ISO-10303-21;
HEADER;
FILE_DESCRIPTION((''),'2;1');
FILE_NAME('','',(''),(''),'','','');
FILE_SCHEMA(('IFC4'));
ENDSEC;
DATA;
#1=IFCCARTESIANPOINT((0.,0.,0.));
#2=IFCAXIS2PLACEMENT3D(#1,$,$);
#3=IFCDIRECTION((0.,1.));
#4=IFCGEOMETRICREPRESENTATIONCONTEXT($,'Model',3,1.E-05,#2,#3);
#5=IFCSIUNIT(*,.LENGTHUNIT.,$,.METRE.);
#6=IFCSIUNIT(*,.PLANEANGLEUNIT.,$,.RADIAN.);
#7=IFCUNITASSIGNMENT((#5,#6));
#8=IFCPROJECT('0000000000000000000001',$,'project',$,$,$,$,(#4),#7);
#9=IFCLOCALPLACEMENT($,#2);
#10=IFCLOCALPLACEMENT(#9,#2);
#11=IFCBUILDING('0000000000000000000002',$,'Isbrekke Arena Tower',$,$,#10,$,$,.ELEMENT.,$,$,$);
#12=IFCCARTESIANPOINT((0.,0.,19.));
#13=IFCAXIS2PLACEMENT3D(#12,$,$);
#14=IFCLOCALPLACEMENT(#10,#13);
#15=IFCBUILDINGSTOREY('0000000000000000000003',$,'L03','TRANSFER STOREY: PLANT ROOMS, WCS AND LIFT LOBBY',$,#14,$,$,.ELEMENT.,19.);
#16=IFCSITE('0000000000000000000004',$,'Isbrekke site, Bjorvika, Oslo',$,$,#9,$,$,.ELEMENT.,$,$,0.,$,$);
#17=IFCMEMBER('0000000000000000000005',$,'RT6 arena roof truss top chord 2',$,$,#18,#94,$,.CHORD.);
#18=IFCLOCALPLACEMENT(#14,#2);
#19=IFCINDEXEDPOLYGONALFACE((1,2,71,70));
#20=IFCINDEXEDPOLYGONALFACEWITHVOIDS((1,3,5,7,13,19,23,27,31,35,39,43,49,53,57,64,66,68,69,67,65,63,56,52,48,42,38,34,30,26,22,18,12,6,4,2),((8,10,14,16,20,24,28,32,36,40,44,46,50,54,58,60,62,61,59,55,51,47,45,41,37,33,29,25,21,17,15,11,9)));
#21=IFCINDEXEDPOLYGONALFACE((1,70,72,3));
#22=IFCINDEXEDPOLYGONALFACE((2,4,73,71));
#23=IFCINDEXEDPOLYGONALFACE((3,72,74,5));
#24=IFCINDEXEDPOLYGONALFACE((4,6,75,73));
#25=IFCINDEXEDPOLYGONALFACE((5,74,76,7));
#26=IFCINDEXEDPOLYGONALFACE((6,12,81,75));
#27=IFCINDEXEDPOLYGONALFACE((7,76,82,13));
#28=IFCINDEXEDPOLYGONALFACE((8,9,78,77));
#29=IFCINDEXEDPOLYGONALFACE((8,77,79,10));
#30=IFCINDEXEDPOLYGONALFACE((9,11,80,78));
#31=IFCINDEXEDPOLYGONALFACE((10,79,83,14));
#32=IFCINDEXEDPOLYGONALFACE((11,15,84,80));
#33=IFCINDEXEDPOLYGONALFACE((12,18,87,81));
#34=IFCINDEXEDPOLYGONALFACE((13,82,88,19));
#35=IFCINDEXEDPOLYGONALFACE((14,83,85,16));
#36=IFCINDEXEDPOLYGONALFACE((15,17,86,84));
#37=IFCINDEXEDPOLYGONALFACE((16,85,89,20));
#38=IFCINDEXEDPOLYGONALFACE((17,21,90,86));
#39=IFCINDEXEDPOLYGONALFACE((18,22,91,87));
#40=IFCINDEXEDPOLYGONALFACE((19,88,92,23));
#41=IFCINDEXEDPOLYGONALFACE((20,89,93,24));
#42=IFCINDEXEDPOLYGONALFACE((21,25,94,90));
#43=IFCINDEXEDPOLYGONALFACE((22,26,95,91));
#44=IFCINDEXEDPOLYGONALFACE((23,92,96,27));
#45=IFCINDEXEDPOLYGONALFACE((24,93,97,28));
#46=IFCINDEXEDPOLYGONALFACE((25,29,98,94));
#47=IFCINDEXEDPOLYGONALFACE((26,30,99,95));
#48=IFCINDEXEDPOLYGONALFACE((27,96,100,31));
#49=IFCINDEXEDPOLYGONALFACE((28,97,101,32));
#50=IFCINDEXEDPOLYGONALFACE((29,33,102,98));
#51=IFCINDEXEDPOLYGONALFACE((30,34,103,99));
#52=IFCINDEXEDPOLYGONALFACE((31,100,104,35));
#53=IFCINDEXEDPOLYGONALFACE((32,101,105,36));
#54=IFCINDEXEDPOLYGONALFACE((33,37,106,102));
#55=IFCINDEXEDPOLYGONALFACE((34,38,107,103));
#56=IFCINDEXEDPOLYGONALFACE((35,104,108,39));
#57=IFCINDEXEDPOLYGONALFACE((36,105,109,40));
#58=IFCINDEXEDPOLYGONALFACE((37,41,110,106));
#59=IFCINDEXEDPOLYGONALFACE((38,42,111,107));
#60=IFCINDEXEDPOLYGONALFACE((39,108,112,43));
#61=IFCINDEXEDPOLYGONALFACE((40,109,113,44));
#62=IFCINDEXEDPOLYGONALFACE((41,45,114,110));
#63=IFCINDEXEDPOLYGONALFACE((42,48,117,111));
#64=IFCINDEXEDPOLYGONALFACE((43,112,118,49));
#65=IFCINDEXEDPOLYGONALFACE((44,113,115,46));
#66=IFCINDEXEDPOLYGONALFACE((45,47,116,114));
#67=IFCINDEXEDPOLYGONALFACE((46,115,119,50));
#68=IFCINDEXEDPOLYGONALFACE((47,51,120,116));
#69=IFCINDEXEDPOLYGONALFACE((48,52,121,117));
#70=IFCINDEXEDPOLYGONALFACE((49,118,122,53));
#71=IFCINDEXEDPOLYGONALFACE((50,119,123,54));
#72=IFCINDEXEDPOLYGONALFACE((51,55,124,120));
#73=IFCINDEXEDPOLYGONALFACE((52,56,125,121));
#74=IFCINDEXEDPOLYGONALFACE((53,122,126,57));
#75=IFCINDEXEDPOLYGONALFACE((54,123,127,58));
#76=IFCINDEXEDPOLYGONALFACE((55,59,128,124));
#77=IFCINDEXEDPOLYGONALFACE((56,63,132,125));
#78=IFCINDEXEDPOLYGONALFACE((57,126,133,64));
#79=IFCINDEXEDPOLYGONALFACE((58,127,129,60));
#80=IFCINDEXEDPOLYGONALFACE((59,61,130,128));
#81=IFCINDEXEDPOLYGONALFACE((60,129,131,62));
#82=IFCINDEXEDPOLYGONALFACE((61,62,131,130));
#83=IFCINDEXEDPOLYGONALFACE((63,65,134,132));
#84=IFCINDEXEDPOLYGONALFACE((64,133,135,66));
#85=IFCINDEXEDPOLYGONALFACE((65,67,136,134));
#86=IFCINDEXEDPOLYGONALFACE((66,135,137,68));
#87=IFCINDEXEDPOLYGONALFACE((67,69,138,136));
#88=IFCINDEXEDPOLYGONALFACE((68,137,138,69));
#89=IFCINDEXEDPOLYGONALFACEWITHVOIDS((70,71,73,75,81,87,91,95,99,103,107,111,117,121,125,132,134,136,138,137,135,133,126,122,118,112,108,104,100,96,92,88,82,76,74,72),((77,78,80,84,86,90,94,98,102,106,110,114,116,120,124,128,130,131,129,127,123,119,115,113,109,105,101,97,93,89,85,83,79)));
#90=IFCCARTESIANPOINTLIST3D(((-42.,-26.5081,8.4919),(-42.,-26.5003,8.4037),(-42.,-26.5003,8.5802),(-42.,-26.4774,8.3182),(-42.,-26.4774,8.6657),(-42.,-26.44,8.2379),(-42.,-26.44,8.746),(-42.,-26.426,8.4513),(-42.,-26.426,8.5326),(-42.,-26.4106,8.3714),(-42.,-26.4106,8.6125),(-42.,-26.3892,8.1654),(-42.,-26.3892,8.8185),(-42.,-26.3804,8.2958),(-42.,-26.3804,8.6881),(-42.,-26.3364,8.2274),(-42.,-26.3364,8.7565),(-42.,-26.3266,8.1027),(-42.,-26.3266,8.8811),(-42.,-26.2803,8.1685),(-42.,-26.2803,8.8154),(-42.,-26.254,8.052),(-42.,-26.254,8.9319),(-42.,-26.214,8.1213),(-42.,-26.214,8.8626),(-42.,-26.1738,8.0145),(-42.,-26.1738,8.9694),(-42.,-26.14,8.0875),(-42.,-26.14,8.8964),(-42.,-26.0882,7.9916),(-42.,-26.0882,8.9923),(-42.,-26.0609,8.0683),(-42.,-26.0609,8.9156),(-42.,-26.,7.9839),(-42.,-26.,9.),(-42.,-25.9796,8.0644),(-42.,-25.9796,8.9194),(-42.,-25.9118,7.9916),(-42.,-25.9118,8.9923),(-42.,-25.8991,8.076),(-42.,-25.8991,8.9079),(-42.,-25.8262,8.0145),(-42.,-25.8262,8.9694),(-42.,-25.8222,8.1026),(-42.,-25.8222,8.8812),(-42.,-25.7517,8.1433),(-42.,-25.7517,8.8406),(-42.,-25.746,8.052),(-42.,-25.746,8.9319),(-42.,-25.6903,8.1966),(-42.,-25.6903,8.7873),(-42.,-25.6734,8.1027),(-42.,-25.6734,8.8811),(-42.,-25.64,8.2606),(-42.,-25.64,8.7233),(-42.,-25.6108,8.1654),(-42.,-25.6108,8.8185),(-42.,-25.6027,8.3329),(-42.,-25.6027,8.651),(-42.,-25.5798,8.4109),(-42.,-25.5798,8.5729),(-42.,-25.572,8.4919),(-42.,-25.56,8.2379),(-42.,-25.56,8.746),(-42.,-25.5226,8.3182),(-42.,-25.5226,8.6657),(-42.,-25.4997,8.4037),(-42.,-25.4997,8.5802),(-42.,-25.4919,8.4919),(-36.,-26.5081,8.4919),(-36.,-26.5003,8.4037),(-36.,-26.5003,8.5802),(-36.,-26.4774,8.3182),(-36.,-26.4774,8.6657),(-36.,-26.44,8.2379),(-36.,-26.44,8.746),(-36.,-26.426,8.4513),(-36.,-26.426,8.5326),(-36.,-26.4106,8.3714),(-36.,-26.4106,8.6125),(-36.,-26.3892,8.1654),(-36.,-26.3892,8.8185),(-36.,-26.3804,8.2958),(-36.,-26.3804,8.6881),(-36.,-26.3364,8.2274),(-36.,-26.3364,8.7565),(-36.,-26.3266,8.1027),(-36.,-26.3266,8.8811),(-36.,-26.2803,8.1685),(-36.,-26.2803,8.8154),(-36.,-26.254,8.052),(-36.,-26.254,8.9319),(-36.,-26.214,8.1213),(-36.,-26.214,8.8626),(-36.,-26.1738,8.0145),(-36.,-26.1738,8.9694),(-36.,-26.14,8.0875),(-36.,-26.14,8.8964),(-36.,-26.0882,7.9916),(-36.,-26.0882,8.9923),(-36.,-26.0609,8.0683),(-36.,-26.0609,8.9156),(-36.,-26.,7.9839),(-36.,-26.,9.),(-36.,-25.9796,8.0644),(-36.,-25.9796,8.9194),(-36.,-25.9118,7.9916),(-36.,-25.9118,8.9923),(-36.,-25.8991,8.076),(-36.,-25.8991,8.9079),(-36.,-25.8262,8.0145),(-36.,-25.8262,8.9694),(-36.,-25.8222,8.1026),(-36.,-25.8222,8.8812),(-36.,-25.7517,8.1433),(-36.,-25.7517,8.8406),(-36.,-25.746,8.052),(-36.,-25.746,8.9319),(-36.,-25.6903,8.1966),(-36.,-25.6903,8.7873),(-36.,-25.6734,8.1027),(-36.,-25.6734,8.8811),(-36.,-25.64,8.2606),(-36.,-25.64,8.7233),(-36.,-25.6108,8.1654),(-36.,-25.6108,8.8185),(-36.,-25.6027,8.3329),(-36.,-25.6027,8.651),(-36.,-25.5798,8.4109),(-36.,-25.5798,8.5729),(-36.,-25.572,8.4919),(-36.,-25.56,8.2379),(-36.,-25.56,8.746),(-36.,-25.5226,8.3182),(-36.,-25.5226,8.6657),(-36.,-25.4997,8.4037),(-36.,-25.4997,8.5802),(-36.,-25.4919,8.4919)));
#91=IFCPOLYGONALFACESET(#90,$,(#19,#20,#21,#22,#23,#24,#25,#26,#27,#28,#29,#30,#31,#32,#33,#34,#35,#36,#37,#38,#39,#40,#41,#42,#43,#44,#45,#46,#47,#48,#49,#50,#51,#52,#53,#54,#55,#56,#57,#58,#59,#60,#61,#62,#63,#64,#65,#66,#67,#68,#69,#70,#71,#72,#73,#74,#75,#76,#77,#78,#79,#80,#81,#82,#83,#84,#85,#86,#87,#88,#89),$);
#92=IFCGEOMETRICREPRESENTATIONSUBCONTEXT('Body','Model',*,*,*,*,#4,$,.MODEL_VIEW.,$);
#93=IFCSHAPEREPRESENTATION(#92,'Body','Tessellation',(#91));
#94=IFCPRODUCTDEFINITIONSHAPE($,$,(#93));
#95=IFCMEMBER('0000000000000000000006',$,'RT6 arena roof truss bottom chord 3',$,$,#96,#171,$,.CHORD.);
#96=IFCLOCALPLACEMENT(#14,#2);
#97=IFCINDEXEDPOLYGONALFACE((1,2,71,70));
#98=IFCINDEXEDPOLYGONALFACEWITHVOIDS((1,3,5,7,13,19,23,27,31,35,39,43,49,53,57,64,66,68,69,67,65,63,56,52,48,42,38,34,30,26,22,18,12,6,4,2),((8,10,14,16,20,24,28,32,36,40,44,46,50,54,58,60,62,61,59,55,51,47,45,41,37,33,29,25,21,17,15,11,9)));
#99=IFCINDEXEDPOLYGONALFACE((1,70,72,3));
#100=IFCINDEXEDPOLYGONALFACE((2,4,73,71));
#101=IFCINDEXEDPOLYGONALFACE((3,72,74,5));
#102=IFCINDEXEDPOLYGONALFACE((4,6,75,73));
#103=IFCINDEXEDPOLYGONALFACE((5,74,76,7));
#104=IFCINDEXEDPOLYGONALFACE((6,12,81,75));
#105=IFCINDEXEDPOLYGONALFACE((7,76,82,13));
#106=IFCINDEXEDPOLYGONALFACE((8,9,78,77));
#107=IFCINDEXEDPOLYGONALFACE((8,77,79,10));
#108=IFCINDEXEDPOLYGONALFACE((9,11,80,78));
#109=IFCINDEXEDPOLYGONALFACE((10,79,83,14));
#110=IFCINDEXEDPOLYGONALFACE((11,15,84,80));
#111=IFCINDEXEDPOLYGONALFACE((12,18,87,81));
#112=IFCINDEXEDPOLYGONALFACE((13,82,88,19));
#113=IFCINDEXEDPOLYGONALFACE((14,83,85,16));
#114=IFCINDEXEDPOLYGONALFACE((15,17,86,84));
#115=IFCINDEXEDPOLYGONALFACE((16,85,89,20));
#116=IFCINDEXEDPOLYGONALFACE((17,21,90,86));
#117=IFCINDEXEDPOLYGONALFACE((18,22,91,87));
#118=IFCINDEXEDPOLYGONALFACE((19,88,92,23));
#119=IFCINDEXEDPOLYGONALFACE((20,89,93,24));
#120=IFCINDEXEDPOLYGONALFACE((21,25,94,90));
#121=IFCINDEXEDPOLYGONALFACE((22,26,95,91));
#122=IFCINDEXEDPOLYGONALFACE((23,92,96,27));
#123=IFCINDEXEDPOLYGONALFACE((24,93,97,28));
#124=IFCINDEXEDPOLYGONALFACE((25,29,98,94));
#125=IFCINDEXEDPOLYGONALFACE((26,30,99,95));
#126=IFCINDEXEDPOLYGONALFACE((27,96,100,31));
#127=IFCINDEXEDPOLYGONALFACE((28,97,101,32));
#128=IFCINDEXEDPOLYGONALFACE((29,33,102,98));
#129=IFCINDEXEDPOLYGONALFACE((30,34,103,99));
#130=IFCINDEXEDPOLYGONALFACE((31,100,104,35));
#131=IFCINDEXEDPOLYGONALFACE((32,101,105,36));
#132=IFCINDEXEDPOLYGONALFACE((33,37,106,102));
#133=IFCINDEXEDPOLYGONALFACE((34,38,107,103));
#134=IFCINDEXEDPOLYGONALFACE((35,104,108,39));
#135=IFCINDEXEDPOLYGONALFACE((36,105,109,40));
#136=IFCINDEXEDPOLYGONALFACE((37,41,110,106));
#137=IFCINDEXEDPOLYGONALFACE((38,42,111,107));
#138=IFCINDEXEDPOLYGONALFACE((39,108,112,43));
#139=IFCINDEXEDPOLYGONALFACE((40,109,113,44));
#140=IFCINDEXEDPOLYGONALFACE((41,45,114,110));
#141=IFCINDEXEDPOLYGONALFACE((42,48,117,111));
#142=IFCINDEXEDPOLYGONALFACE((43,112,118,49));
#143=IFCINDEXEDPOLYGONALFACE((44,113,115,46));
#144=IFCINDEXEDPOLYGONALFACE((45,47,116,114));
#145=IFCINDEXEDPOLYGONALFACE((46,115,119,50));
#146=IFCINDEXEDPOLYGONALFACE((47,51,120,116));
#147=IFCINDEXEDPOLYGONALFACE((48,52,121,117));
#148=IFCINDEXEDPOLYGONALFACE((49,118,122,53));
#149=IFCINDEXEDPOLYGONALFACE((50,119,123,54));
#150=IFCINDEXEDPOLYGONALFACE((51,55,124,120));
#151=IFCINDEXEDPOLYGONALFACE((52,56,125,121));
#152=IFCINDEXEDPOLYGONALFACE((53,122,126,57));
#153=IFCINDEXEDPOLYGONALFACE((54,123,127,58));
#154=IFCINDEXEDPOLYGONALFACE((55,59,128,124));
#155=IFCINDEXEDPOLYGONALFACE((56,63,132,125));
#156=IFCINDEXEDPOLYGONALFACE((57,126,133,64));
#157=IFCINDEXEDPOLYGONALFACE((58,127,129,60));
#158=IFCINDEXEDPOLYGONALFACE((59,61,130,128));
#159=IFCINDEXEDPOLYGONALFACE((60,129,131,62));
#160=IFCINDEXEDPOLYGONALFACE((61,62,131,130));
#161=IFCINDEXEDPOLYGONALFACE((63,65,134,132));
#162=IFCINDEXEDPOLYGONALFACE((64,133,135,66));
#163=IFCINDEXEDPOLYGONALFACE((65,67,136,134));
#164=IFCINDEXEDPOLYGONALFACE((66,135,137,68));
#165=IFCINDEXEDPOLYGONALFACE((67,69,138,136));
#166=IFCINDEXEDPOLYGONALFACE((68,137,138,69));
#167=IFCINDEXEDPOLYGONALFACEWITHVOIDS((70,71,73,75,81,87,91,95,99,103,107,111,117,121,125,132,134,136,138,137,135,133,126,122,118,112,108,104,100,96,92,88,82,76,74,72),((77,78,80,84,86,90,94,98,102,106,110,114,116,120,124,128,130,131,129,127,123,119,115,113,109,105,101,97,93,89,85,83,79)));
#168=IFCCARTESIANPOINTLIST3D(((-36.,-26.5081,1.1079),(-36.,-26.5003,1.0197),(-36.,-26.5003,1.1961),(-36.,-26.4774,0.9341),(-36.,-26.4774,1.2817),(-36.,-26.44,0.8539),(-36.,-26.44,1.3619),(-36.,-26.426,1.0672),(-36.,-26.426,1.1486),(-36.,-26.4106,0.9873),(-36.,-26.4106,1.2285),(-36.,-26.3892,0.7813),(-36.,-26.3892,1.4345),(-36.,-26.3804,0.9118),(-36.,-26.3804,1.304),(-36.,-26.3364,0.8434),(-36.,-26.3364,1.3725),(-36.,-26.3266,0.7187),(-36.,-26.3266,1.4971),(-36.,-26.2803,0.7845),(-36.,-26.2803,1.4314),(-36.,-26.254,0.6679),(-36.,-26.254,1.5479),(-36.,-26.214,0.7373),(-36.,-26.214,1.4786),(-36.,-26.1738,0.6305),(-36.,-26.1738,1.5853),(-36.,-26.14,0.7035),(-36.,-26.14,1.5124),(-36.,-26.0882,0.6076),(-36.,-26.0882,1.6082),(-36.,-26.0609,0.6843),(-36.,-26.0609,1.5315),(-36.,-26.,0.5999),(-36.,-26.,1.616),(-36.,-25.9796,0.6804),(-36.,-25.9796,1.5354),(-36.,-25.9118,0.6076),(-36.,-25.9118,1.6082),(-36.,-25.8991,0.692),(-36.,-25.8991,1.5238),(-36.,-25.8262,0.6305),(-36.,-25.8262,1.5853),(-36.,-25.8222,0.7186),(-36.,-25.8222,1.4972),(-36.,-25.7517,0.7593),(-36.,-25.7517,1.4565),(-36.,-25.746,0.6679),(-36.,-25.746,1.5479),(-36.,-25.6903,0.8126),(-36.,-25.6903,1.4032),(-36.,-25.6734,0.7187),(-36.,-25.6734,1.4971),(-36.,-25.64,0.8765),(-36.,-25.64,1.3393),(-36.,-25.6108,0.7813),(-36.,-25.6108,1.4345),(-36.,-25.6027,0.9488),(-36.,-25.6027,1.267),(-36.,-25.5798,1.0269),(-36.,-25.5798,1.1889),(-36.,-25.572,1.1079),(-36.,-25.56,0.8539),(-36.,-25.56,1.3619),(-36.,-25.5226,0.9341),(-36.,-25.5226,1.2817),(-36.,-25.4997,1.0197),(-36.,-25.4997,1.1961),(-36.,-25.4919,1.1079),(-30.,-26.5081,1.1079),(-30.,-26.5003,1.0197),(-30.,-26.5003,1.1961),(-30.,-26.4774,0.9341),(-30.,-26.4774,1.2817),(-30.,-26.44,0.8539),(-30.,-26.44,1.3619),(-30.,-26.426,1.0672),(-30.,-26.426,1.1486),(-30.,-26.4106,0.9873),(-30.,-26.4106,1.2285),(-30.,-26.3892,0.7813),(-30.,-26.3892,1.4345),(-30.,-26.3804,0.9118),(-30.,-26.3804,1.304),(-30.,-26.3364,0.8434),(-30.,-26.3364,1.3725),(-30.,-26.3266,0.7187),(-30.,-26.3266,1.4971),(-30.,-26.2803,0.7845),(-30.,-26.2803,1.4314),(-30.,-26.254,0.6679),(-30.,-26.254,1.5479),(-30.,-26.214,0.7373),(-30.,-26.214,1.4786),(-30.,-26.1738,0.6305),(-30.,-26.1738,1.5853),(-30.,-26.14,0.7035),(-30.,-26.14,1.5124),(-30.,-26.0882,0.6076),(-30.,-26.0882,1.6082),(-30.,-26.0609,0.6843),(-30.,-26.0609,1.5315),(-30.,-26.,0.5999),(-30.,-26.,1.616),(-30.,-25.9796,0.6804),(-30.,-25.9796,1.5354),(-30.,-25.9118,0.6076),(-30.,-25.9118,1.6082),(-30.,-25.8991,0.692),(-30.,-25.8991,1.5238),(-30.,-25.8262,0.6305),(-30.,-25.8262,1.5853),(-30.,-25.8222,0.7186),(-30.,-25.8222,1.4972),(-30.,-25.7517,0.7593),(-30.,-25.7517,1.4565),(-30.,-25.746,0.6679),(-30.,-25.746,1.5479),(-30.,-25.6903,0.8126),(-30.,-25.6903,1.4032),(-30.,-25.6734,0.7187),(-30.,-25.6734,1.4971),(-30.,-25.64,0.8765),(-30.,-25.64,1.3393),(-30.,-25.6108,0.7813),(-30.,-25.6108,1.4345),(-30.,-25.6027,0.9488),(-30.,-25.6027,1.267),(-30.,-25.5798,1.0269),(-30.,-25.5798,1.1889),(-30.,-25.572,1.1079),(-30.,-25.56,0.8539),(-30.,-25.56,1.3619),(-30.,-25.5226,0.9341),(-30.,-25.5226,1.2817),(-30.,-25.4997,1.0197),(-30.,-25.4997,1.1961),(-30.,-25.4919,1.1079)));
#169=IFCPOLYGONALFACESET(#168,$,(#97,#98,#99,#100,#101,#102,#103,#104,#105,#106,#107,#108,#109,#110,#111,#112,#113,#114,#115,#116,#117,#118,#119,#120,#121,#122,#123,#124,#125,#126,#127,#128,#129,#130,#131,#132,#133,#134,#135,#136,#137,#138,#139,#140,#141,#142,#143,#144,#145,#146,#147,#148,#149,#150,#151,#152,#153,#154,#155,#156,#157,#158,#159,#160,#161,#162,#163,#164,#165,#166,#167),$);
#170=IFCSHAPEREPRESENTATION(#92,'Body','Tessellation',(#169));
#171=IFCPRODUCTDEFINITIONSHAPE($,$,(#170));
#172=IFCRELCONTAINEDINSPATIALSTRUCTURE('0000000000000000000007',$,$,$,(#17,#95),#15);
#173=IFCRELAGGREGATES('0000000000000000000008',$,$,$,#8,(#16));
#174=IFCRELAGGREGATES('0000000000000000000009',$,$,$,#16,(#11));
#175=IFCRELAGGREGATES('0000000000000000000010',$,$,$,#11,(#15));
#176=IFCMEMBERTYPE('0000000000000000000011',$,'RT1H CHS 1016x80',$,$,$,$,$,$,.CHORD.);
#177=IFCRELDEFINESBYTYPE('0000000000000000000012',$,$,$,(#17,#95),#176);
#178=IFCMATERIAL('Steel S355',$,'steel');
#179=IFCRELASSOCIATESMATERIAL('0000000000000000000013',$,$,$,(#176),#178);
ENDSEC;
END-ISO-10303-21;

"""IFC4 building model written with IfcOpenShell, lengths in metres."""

from ifc_helpers import new_model, si_unit, direction, frame, origin, origin_2d, place, context, subcontext, project, spatial, hollow_circle, extrude, material, material_profile, profile_set, type_object, element, save


model = new_model("IFC4")

# Units and contexts
model_context = context("Model", 3, precision=1e-05, world=origin(), true_north=direction((0.0, 1.0)))
body_context = subcontext(model_context, "Body", "Model", "MODEL_VIEW")
ifc_project = project(units=[si_unit("LENGTHUNIT", "METRE"), si_unit("PLANEANGLEUNIT", "RADIAN")], contexts=[model_context])

# Site, building, storey
site_placement = place(None, origin())
site = spatial("IfcSite", under=ifc_project, at=site_placement, Name="Isbrekke site, Bjorvika, Oslo", CompositionType="ELEMENT", RefElevation=0.0)
building_placement = place(site_placement, origin())
building = spatial("IfcBuilding", under=site, at=building_placement, Name="Isbrekke Arena Tower", CompositionType="ELEMENT")
storey_placement = place(building_placement, frame((0.0, 0.0, 19.0)))
storey = spatial("IfcBuildingStorey", under=building, at=storey_placement, Name="L03", Description="TRANSFER STOREY: PLANT ROOMS, WCS AND LIFT LOBBY", CompositionType="ELEMENT", Elevation=19.0)

# Members
ifc_material_1 = material(Name="Steel S355", Category="steel")
ifc_material_profile_1 = material_profile(ifc_material_1, hollow_circle(Radius=0.5081, WallThickness=0.0801, at=origin_2d()), Name="CHS 1016x80")
ifc_profile_set_1 = profile_set([ifc_material_profile_1], Name="Steel S355")
member_type_1 = type_object("IfcMemberType", Name="RT1H CHS 1016x80", PredefinedType="CHORD", material=ifc_profile_set_1)
for number, where, z_axis, x_axis, name in (
    (1, (-42.0, -26.0, 8.4919), (1.0, 0.0, 0.0), (0.0, 1.0, 0.0), "RT6 arena roof truss top chord 2"),
    (2, (-36.0, -26.0, 1.1079), (1.0, 0.0, 0.0), (0.0, 1.0, 0.0), "RT6 arena roof truss bottom chord 3"),
):
    element("IfcMember", number, at=place(storey_placement, frame(where, z_axis=z_axis, x_axis=x_axis)), inside=storey, type_object=member_type_1, Name=name, PredefinedType="CHORD", context=body_context, shape_type="SweptSolid", body=[
        extrude(hollow_circle(Radius=0.5081, WallThickness=0.0801, at=origin_2d()), origin(), (0.0, 0.0, 1.0), 6.0),
    ])

save(model, "model.ifc")
